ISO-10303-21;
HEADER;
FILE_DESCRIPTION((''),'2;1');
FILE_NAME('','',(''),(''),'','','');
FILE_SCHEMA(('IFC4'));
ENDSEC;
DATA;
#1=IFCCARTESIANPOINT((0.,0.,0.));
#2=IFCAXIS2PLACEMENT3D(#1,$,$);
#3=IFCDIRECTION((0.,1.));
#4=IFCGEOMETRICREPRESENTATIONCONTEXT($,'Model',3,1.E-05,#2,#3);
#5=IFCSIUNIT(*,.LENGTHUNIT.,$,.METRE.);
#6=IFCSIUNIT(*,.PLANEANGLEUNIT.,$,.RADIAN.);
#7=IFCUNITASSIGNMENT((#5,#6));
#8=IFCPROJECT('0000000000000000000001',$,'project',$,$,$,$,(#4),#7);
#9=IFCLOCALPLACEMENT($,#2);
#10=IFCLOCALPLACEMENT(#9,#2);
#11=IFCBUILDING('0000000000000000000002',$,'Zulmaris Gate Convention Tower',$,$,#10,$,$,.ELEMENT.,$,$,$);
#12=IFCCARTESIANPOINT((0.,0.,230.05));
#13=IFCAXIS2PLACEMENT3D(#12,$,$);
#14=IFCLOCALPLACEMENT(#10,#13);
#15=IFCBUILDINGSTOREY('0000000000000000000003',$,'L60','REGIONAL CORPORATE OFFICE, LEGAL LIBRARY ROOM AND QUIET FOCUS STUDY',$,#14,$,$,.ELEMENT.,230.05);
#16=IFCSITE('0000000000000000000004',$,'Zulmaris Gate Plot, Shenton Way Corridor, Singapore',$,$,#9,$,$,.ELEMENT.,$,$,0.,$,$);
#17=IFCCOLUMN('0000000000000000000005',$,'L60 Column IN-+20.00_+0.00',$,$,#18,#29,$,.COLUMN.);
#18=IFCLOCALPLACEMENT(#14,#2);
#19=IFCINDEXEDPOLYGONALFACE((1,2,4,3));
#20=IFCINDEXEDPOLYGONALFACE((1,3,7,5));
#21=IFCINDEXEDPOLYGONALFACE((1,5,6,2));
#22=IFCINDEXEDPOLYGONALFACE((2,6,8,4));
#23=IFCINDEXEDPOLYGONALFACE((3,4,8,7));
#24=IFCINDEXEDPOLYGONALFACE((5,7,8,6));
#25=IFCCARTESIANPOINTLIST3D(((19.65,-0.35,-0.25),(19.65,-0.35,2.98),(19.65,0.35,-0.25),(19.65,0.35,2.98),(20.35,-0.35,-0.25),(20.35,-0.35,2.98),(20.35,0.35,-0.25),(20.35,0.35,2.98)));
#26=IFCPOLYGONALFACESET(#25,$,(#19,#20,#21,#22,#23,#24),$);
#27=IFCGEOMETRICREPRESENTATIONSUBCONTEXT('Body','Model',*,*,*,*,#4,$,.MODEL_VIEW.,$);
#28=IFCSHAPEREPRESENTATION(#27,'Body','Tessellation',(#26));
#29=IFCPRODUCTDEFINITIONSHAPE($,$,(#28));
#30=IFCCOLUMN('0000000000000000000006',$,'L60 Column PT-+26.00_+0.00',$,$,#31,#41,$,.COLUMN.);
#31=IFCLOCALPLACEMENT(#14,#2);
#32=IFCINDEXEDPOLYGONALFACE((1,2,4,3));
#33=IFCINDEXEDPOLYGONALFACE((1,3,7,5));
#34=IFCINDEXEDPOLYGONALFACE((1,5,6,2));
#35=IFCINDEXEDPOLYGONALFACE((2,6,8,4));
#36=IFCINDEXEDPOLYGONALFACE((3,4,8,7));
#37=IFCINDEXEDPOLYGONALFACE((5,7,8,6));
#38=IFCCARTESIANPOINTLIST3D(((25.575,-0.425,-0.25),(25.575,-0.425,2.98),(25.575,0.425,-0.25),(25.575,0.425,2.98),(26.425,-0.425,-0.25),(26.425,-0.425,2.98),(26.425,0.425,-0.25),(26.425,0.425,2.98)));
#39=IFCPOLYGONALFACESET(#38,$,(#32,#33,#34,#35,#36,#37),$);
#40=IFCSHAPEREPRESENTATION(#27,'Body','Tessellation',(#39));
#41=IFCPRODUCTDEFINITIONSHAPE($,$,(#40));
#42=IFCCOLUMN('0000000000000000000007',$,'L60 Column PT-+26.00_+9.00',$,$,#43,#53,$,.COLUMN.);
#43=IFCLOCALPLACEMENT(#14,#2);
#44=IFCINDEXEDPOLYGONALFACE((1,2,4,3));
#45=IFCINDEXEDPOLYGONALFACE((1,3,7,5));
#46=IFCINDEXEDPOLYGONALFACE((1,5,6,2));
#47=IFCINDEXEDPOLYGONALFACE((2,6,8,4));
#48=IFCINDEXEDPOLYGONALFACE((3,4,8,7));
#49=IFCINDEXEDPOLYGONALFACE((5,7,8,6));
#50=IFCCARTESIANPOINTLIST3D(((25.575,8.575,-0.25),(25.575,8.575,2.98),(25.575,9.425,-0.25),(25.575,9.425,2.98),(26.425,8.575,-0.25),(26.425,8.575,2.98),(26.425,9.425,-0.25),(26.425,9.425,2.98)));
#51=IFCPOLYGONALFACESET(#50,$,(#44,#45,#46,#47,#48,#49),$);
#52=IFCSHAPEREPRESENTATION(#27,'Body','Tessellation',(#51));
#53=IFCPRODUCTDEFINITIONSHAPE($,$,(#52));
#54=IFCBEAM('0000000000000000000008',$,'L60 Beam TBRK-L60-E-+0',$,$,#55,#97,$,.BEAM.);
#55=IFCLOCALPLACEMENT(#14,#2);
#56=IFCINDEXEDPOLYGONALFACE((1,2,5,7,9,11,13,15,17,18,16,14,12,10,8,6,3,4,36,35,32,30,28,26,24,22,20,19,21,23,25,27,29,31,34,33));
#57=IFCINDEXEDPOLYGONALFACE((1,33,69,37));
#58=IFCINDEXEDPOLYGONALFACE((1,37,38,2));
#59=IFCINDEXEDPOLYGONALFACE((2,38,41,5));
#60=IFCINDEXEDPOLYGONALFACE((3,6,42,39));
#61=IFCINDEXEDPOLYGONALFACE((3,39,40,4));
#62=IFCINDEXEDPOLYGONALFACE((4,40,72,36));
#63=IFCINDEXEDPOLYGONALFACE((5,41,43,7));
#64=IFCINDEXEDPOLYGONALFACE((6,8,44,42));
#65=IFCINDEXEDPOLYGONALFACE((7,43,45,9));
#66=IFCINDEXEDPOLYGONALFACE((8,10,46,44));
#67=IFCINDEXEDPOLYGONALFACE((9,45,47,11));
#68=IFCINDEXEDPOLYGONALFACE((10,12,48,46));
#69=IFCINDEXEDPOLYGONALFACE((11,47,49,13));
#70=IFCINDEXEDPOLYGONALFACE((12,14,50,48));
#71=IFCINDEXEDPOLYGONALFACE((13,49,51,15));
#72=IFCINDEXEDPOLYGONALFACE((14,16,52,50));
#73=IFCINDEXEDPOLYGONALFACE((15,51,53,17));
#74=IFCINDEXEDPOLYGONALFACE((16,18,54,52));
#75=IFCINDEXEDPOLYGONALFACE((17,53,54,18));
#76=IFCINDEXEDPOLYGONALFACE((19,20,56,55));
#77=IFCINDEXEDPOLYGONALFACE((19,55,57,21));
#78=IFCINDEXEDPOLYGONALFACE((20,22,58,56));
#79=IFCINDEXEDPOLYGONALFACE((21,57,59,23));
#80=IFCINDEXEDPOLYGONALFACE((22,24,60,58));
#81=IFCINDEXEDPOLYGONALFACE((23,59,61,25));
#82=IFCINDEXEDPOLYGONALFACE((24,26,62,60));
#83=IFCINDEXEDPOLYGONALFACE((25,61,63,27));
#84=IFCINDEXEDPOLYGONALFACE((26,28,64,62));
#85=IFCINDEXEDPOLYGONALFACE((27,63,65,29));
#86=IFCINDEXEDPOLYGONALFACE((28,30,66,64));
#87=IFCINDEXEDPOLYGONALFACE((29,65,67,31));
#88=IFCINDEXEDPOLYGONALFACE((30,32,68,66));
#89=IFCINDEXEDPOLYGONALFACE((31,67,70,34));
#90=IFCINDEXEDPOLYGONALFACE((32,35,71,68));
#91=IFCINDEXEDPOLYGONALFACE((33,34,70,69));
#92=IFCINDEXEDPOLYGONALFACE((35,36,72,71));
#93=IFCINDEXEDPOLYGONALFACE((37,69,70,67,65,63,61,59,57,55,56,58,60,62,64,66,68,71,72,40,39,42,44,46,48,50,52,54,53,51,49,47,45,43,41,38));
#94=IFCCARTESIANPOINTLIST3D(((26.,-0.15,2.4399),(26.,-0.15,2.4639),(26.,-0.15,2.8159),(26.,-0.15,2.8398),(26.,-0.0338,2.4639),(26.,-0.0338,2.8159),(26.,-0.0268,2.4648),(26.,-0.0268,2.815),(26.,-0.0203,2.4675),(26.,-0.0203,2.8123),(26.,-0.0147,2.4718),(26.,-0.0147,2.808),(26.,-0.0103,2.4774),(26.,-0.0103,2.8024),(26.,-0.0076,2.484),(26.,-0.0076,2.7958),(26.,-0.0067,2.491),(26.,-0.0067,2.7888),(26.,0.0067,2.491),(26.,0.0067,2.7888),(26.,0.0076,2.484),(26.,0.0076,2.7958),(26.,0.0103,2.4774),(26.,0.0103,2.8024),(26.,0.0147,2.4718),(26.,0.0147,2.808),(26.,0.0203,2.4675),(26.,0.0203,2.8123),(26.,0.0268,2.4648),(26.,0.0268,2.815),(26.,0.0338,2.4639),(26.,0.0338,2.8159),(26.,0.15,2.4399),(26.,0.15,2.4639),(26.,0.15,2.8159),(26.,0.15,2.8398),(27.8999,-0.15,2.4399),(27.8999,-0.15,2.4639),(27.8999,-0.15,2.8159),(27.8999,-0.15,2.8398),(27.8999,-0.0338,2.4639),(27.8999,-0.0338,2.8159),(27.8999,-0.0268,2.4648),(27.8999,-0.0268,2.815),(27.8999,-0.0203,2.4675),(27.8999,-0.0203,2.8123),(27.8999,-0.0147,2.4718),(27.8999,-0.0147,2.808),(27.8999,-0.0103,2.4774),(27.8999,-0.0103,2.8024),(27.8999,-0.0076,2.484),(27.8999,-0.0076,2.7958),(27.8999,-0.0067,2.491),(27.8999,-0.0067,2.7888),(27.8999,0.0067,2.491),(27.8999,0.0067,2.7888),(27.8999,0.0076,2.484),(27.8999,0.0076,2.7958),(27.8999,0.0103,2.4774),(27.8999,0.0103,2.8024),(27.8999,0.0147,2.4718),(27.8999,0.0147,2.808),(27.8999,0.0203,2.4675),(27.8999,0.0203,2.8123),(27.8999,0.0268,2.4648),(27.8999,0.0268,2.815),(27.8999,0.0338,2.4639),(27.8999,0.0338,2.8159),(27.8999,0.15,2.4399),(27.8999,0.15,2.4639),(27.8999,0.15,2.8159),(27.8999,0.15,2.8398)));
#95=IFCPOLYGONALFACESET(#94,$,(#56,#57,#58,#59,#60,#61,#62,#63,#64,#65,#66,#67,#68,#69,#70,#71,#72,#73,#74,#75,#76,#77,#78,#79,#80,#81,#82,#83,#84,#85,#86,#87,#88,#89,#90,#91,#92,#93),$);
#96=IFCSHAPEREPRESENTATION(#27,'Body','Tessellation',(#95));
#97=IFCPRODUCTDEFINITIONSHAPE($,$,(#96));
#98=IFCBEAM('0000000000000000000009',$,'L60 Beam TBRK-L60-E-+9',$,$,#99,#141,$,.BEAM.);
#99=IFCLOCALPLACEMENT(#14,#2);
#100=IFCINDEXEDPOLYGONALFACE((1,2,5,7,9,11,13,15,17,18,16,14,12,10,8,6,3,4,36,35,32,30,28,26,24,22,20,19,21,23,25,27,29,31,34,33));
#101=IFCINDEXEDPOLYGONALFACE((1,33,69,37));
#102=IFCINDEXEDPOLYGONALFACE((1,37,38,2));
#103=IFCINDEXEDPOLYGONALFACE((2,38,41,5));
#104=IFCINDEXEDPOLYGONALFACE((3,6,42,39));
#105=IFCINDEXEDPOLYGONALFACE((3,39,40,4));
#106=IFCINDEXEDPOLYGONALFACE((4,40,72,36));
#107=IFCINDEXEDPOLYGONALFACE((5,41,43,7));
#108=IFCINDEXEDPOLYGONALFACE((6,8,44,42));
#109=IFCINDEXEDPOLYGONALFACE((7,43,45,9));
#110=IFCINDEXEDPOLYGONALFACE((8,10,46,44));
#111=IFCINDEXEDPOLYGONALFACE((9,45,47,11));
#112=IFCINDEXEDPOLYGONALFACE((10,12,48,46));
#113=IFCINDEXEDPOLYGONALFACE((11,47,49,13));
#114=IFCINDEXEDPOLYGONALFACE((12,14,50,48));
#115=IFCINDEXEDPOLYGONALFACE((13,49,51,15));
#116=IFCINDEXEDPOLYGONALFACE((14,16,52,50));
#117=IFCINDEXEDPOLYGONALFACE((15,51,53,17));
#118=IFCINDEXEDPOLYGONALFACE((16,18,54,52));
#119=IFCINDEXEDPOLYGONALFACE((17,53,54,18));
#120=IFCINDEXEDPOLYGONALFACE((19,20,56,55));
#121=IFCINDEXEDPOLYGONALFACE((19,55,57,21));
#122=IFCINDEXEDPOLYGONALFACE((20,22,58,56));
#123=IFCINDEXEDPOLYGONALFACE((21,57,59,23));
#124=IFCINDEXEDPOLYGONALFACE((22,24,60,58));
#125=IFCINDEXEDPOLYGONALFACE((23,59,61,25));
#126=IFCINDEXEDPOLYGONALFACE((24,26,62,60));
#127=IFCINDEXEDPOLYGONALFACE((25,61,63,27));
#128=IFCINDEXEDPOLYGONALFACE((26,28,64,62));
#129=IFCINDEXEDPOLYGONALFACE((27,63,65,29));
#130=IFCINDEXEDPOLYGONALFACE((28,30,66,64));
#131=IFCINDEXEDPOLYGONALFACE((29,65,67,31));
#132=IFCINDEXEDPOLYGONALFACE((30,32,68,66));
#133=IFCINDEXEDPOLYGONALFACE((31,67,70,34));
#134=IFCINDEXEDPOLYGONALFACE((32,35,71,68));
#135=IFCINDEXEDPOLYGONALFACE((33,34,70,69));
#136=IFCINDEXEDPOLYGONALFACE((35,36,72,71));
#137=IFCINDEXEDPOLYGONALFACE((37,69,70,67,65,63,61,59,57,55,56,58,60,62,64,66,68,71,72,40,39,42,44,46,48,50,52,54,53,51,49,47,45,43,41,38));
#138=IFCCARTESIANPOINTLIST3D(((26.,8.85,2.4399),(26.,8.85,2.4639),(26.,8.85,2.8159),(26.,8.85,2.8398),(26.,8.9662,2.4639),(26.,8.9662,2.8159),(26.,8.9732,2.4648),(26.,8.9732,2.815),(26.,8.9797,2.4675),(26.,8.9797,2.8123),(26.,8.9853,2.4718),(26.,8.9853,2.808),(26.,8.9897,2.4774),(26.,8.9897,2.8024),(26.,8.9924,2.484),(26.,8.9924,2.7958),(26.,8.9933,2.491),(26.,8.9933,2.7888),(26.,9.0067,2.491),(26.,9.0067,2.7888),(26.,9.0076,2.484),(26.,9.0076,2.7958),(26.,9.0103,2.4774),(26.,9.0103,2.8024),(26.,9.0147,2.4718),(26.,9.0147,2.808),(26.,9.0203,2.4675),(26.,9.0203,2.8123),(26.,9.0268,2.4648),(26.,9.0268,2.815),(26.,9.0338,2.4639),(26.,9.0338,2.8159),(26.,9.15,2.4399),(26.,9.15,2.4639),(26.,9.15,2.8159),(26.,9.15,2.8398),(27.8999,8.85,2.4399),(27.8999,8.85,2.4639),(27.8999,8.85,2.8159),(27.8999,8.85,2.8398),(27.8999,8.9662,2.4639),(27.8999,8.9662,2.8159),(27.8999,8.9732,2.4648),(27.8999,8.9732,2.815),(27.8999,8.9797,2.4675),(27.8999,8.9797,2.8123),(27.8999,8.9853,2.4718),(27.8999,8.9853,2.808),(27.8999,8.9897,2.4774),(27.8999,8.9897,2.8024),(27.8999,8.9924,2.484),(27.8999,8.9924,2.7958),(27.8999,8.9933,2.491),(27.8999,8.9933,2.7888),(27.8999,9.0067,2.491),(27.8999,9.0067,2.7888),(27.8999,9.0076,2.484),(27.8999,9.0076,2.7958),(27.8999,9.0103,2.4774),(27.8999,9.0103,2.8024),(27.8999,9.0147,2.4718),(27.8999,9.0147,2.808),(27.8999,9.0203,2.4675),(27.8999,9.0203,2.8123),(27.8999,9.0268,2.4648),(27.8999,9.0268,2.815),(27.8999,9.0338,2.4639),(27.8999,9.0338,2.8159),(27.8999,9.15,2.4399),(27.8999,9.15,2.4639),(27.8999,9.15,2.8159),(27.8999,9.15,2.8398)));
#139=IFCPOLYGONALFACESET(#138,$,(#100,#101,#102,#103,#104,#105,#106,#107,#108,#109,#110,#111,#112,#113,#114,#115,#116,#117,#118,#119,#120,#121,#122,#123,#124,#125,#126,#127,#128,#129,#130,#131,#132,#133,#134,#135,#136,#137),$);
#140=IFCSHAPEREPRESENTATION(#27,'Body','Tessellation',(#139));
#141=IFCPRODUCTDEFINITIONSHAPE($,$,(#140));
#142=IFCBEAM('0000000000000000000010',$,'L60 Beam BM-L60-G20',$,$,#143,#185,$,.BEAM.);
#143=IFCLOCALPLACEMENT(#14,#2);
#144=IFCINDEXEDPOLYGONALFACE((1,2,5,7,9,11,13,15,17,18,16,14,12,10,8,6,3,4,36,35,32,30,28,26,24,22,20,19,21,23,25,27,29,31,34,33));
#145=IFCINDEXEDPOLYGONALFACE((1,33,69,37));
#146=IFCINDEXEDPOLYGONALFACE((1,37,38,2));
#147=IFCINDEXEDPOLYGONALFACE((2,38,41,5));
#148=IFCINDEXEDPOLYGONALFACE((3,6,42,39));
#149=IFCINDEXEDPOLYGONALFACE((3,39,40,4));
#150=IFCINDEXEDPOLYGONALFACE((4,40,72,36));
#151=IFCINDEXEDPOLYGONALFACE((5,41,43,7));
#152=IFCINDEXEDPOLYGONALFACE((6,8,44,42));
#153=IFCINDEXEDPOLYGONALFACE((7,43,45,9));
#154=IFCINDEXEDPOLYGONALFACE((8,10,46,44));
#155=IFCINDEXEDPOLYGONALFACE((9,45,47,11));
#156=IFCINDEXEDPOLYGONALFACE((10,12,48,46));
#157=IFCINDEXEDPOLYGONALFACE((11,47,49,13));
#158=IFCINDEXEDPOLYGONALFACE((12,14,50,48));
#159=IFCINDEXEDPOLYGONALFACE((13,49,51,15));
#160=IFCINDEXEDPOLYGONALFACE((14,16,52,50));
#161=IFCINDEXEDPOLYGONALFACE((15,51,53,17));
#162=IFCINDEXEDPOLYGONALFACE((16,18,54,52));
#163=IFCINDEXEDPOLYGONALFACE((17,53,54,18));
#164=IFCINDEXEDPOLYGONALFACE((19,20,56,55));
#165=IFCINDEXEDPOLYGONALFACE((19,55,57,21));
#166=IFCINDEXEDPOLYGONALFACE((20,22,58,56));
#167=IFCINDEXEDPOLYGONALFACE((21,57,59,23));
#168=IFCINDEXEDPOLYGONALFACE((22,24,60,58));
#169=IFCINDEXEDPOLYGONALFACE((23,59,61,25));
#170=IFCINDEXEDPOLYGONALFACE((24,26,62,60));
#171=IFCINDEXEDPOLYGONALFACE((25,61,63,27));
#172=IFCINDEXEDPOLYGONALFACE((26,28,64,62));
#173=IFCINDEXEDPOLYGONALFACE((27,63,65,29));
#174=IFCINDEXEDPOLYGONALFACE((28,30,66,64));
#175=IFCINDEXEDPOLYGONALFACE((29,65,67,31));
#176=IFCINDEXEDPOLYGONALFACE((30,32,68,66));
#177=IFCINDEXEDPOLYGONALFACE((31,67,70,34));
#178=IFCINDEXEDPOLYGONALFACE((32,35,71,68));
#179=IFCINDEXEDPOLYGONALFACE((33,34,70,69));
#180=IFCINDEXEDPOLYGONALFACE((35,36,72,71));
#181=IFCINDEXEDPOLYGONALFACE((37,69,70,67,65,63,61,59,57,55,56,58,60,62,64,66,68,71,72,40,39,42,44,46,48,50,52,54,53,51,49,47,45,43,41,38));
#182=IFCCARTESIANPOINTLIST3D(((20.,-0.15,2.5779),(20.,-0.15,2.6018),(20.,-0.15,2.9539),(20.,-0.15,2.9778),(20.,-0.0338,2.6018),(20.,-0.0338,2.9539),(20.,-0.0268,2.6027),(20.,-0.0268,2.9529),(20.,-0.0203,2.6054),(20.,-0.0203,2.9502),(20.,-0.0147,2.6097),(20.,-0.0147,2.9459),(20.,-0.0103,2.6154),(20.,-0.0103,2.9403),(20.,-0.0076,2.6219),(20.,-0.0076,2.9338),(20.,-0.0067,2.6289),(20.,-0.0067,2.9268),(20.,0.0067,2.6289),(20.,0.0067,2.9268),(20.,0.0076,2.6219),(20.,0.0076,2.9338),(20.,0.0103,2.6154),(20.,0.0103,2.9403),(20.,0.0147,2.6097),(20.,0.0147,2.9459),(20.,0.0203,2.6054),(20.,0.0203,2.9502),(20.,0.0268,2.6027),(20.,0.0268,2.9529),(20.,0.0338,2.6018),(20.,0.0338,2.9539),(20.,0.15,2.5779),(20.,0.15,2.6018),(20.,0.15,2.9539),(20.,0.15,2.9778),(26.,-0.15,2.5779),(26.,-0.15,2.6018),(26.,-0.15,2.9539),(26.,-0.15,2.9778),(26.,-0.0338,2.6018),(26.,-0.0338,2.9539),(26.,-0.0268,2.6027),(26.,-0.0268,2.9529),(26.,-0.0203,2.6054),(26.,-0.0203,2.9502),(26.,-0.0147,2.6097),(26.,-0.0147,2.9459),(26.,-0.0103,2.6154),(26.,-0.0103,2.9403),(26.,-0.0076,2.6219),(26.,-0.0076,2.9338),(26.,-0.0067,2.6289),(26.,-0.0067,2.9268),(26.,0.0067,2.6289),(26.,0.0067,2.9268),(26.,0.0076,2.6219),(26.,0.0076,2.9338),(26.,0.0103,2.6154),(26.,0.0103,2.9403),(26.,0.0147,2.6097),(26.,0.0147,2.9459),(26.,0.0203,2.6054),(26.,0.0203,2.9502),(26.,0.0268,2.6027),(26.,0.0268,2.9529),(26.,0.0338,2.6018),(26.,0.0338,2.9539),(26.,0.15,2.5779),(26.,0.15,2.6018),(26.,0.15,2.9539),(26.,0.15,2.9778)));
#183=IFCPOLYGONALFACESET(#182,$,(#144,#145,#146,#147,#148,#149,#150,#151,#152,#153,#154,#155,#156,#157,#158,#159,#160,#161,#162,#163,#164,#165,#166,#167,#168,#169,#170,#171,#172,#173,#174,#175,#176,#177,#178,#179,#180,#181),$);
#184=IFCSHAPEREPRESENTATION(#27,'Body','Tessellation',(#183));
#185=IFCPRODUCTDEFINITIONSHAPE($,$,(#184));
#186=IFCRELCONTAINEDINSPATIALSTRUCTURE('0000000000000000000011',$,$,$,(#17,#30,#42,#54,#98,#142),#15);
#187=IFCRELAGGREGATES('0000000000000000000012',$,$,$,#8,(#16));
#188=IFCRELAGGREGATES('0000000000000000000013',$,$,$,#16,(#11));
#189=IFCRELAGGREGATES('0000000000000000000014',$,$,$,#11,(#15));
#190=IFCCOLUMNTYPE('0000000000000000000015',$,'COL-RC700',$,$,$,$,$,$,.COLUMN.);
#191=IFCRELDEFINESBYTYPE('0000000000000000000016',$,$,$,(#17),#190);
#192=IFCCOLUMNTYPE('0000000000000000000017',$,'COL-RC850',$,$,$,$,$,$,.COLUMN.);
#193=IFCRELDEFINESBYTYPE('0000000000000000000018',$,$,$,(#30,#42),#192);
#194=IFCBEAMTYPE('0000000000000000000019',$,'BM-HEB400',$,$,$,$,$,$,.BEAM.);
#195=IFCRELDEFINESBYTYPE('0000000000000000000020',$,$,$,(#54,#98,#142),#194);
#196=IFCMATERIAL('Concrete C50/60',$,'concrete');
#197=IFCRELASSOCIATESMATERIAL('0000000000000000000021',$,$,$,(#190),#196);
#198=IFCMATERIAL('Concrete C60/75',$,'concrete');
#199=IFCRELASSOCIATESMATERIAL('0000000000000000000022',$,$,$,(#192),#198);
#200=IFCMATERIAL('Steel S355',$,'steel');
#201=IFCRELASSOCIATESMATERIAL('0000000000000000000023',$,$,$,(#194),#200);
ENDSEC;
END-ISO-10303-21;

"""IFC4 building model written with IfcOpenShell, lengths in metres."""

from ifc_helpers import new_model, si_unit, direction, frame, origin, origin_2d, place, context, subcontext, project, spatial, rectangle, i_section, extrude, material, material_profile, profile_set, type_object, element, save


model = new_model("IFC4")

# Units and contexts
model_context = context("Model", 3, precision=1e-05, world=origin(), true_north=direction((0.0, 1.0)))
body_context = subcontext(model_context, "Body", "Model", "MODEL_VIEW")
ifc_project = project(units=[si_unit("LENGTHUNIT", "METRE"), si_unit("PLANEANGLEUNIT", "RADIAN")], contexts=[model_context])

# Site, building, storey
site_placement = place(None, origin())
site = spatial("IfcSite", under=ifc_project, at=site_placement, Name="Zulmaris Gate Plot, Shenton Way Corridor, Singapore", CompositionType="ELEMENT", RefElevation=0.0)
building_placement = place(site_placement, origin())
building = spatial("IfcBuilding", under=site, at=building_placement, Name="Zulmaris Gate Convention Tower", CompositionType="ELEMENT")
storey_placement = place(building_placement, frame((0.0, 0.0, 230.05)))
storey = spatial("IfcBuildingStorey", under=building, at=storey_placement, Name="L60", Description="REGIONAL CORPORATE OFFICE, LEGAL LIBRARY ROOM AND QUIET FOCUS STUDY", CompositionType="ELEMENT", Elevation=230.05)

# Columns
ifc_material_1 = material(Name="Concrete C50/60", Category="concrete")
ifc_material_profile_1 = material_profile(ifc_material_1, rectangle(XDim=0.7, YDim=0.7, at=origin_2d()), Name="RC COL 700x700")
ifc_profile_set_1 = profile_set([ifc_material_profile_1], Name="Concrete C50/60")
column_type_1 = type_object("IfcColumnType", Name="COL-RC700", PredefinedType="COLUMN", material=ifc_profile_set_1)
column_placement = place(storey_placement, frame((20.0, 0.0, -0.25), z_axis=(0.0, 0.0, 1.0), x_axis=(1.0, 0.0, 0.0)))
element("IfcColumn", 1, at=column_placement, inside=storey, type_object=column_type_1, Name="L60 Column IN-+20.00_+0.00", PredefinedType="COLUMN", context=body_context, shape_type="SweptSolid", body=[
    extrude(rectangle(XDim=0.7, YDim=0.7, at=origin_2d()), origin(), (0.0, 0.0, 1.0), 3.23),
])
ifc_material_2 = material(Name="Concrete C60/75", Category="concrete")
ifc_material_profile_2 = material_profile(ifc_material_2, rectangle(XDim=0.8501, YDim=0.8501, at=origin_2d()), Name="RC COL 850x850")
ifc_profile_set_2 = profile_set([ifc_material_profile_2], Name="Concrete C60/75")
column_type_2 = type_object("IfcColumnType", Name="COL-RC850", PredefinedType="COLUMN", material=ifc_profile_set_2)
for number, where, z_axis, x_axis, name in (
    (2, (26.0, 0.0, -0.25), (0.0, 0.0, 1.0), (1.0, 0.0, 0.0), "L60 Column PT-+26.00_+0.00"),
    (3, (26.0, 9.0, -0.25), (0.0, 0.0, 1.0), (1.0, 0.0, 0.0), "L60 Column PT-+26.00_+9.00"),
):
    element("IfcColumn", number, at=place(storey_placement, frame(where, z_axis=z_axis, x_axis=x_axis)), inside=storey, type_object=column_type_2, Name=name, PredefinedType="COLUMN", context=body_context, shape_type="SweptSolid", body=[
        extrude(rectangle(XDim=0.8501, YDim=0.8501, at=origin_2d()), origin(), (0.0, 0.0, 1.0), 3.23),
    ])

# Beams
ifc_material_3 = material(Name="Steel S355", Category="steel")
ifc_material_profile_3 = material_profile(ifc_material_3, i_section(OverallWidth=0.3, OverallDepth=0.3999, WebThickness=0.0134, FlangeThickness=0.0239, FilletRadius=0.0271, at=origin_2d()), Name="HEB 400")
ifc_profile_set_3 = profile_set([ifc_material_profile_3], Name="Steel S355")
beam_type_1 = type_object("IfcBeamType", Name="BM-HEB400", PredefinedType="BEAM", material=ifc_profile_set_3)
for number, where, z_axis, x_axis, name in (
    (4, (26.0, 0.0, 2.6399), (1.0, 0.0, 0.0), (0.0, 1.0, 0.0), "L60 Beam TBRK-L60-E-+0"),
    (5, (26.0, 9.0, 2.6399), (1.0, 0.0, 0.0), (0.0, 1.0, 0.0), "L60 Beam TBRK-L60-E-+9"),
):
    element("IfcBeam", number, at=place(storey_placement, frame(where, z_axis=z_axis, x_axis=x_axis)), inside=storey, type_object=beam_type_1, Name=name, PredefinedType="BEAM", context=body_context, shape_type="SweptSolid", body=[
        extrude(i_section(OverallWidth=0.3, OverallDepth=0.3999, WebThickness=0.0134, FlangeThickness=0.0239, FilletRadius=0.0271, at=origin_2d()), origin(), (0.0, 0.0, 1.0), 1.8999),
    ])
for number, where, z_axis, x_axis, name in (
    (6, (20.0, 0.0, 2.7778), (1.0, 0.0, 0.0), (0.0, 1.0, 0.0), "L60 Beam BM-L60-G20"),
):
    element("IfcBeam", number, at=place(storey_placement, frame(where, z_axis=z_axis, x_axis=x_axis)), inside=storey, type_object=beam_type_1, Name=name, PredefinedType="BEAM", context=body_context, shape_type="SweptSolid", body=[
        extrude(i_section(OverallWidth=0.3, OverallDepth=0.3999, WebThickness=0.0134, FlangeThickness=0.0239, FilletRadius=0.0271, at=origin_2d()), origin(), (0.0, 0.0, 1.0), 6.0),
    ])

save(model, "model.ifc")
